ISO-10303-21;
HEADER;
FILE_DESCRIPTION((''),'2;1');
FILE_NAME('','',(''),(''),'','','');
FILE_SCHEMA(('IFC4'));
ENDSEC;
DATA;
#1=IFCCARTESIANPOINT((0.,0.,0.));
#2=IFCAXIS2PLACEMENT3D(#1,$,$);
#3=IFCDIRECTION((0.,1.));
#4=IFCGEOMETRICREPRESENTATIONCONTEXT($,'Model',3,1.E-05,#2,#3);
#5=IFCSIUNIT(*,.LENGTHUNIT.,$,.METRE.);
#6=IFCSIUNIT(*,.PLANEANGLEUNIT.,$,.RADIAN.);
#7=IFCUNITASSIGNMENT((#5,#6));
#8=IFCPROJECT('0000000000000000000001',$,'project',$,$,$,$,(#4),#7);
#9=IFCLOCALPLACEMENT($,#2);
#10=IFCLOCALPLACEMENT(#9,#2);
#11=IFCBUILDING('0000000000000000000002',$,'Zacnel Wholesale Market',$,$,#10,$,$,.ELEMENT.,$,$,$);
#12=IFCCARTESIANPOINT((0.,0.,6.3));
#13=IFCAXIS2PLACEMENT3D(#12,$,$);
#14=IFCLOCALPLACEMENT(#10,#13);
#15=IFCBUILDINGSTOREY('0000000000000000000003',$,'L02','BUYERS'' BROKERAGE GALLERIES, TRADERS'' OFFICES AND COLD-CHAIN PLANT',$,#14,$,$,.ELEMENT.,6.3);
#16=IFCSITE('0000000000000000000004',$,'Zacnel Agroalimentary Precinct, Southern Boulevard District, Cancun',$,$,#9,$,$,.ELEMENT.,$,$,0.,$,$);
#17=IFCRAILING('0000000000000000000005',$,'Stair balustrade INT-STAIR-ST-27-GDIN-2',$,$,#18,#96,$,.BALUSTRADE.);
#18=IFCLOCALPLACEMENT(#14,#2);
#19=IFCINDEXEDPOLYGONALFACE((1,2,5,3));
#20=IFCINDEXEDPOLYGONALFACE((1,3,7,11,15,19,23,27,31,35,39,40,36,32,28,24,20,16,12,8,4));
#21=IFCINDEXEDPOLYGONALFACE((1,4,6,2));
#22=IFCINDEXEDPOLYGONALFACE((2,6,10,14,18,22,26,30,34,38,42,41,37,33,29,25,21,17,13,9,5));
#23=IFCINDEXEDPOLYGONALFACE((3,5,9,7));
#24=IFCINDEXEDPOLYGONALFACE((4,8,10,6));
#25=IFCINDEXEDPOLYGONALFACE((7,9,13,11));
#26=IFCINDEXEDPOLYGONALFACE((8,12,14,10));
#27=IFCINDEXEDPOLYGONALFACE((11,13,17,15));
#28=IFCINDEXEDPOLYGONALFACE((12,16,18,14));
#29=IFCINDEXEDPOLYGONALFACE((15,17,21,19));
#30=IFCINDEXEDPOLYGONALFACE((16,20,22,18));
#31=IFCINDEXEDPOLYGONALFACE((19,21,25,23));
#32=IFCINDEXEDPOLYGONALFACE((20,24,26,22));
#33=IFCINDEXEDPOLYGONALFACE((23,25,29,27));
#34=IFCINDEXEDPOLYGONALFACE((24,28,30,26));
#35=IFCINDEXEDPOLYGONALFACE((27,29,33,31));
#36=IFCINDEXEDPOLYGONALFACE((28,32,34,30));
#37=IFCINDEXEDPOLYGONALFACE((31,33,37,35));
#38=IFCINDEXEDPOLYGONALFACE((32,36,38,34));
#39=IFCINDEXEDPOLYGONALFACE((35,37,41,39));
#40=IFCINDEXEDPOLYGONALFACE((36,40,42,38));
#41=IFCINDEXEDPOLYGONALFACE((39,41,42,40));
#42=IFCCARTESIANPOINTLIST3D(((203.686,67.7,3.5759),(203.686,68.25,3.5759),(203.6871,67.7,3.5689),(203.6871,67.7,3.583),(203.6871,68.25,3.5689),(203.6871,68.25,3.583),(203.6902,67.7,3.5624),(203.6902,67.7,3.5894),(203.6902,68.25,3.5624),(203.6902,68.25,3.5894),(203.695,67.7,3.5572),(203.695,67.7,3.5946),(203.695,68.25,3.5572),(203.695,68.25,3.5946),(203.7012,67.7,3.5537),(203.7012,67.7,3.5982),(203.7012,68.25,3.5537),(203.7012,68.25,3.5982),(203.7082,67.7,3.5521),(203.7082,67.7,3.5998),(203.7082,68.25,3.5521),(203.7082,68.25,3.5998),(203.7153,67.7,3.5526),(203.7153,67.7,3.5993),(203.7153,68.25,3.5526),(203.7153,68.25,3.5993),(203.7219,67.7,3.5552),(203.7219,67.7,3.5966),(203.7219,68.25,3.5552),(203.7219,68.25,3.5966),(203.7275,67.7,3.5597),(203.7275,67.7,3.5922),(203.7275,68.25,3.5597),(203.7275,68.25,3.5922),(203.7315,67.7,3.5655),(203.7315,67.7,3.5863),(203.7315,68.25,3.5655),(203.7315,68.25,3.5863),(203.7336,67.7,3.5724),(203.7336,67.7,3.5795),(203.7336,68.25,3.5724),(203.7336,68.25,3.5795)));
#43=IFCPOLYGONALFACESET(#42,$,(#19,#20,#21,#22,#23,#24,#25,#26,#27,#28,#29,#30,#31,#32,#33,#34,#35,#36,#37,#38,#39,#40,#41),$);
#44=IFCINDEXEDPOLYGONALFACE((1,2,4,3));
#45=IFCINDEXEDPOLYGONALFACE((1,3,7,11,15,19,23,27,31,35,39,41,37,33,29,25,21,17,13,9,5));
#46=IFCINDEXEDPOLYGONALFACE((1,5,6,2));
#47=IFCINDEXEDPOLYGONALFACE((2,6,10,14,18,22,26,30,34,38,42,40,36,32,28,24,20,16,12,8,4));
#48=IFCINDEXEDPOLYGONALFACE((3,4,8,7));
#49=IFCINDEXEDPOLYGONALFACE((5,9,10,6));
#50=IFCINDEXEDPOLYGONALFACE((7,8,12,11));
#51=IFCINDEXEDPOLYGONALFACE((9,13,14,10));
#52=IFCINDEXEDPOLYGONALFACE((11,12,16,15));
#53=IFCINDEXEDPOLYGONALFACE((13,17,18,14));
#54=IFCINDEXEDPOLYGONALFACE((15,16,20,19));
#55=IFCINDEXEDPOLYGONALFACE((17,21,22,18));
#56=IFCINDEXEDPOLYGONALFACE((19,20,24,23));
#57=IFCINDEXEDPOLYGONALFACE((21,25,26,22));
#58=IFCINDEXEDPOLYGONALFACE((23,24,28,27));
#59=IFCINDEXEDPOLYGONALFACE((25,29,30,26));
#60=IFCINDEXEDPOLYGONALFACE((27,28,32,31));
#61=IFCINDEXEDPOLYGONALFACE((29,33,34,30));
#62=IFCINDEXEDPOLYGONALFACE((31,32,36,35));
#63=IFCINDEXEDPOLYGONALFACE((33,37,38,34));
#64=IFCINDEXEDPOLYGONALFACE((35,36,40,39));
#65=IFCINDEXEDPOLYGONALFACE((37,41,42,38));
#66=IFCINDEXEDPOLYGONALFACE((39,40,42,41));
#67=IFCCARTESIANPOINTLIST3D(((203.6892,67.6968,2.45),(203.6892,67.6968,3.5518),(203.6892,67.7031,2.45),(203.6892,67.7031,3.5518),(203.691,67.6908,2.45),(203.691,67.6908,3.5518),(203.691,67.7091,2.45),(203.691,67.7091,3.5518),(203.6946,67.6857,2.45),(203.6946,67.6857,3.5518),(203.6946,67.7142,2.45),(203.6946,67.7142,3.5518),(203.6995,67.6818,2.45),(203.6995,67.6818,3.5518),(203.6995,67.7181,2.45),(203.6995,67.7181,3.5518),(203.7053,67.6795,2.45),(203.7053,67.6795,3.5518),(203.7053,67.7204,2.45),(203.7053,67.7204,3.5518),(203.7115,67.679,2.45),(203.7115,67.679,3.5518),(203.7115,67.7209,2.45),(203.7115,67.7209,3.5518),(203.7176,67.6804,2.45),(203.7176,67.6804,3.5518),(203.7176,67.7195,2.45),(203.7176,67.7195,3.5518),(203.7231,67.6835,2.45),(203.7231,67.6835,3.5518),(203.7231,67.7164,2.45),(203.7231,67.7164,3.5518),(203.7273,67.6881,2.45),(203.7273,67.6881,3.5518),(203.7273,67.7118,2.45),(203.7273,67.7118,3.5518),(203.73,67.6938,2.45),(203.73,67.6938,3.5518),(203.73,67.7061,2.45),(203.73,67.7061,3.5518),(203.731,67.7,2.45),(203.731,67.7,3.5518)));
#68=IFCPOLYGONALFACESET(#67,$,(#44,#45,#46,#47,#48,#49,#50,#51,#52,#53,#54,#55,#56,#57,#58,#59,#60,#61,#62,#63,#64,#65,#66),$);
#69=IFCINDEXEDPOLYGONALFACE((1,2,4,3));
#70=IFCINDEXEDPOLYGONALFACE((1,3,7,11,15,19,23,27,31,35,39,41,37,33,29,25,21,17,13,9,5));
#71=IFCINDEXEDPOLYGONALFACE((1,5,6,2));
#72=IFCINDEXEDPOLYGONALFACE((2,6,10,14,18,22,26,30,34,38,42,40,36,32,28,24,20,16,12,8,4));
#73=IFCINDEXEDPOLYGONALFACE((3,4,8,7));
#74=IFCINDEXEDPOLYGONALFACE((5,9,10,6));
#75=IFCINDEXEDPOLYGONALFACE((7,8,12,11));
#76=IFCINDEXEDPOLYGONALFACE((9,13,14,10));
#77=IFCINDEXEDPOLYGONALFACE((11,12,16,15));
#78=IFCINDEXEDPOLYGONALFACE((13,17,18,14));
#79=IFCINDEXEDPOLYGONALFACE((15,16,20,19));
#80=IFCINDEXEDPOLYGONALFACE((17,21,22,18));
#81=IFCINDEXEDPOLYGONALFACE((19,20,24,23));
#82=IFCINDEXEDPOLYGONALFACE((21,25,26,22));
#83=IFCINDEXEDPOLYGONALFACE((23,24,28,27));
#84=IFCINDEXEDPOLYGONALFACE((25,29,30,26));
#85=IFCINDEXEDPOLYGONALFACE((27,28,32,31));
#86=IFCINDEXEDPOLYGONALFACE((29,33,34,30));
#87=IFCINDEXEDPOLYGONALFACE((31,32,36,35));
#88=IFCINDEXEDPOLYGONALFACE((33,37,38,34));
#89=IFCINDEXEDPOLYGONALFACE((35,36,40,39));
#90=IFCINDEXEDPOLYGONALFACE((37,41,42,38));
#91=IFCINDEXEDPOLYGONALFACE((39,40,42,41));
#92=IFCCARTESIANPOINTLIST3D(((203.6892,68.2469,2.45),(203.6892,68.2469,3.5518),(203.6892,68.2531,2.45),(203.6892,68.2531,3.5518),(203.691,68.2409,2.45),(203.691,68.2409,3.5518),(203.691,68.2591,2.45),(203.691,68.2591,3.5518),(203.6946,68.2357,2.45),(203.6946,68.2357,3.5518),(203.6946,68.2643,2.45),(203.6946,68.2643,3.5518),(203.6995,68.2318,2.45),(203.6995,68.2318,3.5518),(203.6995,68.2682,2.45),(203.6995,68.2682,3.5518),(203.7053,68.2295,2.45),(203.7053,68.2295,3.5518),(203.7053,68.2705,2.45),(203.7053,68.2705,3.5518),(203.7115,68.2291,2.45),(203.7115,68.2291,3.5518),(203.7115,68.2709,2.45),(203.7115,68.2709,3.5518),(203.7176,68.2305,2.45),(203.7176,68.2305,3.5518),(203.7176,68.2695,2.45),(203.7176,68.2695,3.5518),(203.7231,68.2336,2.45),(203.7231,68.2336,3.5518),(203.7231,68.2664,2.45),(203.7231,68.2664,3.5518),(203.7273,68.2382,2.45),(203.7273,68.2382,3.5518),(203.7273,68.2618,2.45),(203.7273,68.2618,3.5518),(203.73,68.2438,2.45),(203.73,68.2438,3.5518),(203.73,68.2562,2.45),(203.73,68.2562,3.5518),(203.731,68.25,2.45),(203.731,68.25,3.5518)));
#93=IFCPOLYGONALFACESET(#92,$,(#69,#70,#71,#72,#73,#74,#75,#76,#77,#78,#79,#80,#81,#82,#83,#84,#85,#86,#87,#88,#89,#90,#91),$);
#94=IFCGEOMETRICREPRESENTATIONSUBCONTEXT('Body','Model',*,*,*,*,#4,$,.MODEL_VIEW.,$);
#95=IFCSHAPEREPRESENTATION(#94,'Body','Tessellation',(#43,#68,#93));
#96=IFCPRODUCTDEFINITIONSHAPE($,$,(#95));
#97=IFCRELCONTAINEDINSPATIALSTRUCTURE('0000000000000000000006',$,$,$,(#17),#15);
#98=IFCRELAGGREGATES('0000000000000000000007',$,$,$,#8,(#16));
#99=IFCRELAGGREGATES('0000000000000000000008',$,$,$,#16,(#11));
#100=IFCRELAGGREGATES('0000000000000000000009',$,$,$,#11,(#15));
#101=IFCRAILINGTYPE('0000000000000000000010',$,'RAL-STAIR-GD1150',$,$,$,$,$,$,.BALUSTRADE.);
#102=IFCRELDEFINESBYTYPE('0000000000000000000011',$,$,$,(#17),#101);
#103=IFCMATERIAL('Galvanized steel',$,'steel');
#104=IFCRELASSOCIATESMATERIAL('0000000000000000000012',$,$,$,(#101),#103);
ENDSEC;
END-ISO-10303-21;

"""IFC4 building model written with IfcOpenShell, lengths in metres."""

from ifc_helpers import new_model, si_unit, direction, frame, origin, origin_2d, place, context, subcontext, project, spatial, circle, extrude, material, type_object, element, save


model = new_model("IFC4")

# Units and contexts
model_context = context("Model", 3, precision=1e-05, world=origin(), true_north=direction((0.0, 1.0)))
body_context = subcontext(model_context, "Body", "Model", "MODEL_VIEW")
ifc_project = project(units=[si_unit("LENGTHUNIT", "METRE"), si_unit("PLANEANGLEUNIT", "RADIAN")], contexts=[model_context])

# Site, building, storey
site_placement = place(None, origin())
site = spatial("IfcSite", under=ifc_project, at=site_placement, Name="Zacnel Agroalimentary Precinct, Southern Boulevard District, Cancun", CompositionType="ELEMENT", RefElevation=0.0)
building_placement = place(site_placement, origin())
building = spatial("IfcBuilding", under=site, at=building_placement, Name="Zacnel Wholesale Market", CompositionType="ELEMENT")
storey_placement = place(building_placement, frame((0.0, 0.0, 6.3)))
storey = spatial("IfcBuildingStorey", under=building, at=storey_placement, Name="L02", Description="BUYERS' BROKERAGE GALLERIES, TRADERS' OFFICES AND COLD-CHAIN PLANT", CompositionType="ELEMENT", Elevation=6.3)

# Railing
ifc_material_1 = material(Name="Galvanized steel", Category="steel")
railing_type_1 = type_object("IfcRailingType", Name="RAL-STAIR-GD1150", PredefinedType="BALUSTRADE", material=ifc_material_1)
railing_1_placement = place(storey_placement, frame((203.71, 67.7, 2.45)))
element("IfcRailing", 1, at=railing_1_placement, inside=storey, type_object=railing_type_1, Name="Stair balustrade INT-STAIR-ST-27-GDIN-2", PredefinedType="BALUSTRADE", context=body_context, shape_type="SweptSolid", body=[
    extrude(circle(Radius=0.0239, at=origin_2d()), frame((0.0, 0.0, 1.126), z_axis=(0.0, 1.0, 0.0), x_axis=(-1.0, 0.0, 0.0)), (0.0, 0.0, 1.0), 0.55),
    extrude(circle(Radius=0.021, at=origin_2d()), origin(), (0.0, 0.0, 1.0), 1.1018),
    extrude(circle(Radius=0.021, at=origin_2d()), frame((0.0, 0.55, 0.0)), (0.0, 0.0, 1.0), 1.1018),
])

save(model, "model.ifc")
